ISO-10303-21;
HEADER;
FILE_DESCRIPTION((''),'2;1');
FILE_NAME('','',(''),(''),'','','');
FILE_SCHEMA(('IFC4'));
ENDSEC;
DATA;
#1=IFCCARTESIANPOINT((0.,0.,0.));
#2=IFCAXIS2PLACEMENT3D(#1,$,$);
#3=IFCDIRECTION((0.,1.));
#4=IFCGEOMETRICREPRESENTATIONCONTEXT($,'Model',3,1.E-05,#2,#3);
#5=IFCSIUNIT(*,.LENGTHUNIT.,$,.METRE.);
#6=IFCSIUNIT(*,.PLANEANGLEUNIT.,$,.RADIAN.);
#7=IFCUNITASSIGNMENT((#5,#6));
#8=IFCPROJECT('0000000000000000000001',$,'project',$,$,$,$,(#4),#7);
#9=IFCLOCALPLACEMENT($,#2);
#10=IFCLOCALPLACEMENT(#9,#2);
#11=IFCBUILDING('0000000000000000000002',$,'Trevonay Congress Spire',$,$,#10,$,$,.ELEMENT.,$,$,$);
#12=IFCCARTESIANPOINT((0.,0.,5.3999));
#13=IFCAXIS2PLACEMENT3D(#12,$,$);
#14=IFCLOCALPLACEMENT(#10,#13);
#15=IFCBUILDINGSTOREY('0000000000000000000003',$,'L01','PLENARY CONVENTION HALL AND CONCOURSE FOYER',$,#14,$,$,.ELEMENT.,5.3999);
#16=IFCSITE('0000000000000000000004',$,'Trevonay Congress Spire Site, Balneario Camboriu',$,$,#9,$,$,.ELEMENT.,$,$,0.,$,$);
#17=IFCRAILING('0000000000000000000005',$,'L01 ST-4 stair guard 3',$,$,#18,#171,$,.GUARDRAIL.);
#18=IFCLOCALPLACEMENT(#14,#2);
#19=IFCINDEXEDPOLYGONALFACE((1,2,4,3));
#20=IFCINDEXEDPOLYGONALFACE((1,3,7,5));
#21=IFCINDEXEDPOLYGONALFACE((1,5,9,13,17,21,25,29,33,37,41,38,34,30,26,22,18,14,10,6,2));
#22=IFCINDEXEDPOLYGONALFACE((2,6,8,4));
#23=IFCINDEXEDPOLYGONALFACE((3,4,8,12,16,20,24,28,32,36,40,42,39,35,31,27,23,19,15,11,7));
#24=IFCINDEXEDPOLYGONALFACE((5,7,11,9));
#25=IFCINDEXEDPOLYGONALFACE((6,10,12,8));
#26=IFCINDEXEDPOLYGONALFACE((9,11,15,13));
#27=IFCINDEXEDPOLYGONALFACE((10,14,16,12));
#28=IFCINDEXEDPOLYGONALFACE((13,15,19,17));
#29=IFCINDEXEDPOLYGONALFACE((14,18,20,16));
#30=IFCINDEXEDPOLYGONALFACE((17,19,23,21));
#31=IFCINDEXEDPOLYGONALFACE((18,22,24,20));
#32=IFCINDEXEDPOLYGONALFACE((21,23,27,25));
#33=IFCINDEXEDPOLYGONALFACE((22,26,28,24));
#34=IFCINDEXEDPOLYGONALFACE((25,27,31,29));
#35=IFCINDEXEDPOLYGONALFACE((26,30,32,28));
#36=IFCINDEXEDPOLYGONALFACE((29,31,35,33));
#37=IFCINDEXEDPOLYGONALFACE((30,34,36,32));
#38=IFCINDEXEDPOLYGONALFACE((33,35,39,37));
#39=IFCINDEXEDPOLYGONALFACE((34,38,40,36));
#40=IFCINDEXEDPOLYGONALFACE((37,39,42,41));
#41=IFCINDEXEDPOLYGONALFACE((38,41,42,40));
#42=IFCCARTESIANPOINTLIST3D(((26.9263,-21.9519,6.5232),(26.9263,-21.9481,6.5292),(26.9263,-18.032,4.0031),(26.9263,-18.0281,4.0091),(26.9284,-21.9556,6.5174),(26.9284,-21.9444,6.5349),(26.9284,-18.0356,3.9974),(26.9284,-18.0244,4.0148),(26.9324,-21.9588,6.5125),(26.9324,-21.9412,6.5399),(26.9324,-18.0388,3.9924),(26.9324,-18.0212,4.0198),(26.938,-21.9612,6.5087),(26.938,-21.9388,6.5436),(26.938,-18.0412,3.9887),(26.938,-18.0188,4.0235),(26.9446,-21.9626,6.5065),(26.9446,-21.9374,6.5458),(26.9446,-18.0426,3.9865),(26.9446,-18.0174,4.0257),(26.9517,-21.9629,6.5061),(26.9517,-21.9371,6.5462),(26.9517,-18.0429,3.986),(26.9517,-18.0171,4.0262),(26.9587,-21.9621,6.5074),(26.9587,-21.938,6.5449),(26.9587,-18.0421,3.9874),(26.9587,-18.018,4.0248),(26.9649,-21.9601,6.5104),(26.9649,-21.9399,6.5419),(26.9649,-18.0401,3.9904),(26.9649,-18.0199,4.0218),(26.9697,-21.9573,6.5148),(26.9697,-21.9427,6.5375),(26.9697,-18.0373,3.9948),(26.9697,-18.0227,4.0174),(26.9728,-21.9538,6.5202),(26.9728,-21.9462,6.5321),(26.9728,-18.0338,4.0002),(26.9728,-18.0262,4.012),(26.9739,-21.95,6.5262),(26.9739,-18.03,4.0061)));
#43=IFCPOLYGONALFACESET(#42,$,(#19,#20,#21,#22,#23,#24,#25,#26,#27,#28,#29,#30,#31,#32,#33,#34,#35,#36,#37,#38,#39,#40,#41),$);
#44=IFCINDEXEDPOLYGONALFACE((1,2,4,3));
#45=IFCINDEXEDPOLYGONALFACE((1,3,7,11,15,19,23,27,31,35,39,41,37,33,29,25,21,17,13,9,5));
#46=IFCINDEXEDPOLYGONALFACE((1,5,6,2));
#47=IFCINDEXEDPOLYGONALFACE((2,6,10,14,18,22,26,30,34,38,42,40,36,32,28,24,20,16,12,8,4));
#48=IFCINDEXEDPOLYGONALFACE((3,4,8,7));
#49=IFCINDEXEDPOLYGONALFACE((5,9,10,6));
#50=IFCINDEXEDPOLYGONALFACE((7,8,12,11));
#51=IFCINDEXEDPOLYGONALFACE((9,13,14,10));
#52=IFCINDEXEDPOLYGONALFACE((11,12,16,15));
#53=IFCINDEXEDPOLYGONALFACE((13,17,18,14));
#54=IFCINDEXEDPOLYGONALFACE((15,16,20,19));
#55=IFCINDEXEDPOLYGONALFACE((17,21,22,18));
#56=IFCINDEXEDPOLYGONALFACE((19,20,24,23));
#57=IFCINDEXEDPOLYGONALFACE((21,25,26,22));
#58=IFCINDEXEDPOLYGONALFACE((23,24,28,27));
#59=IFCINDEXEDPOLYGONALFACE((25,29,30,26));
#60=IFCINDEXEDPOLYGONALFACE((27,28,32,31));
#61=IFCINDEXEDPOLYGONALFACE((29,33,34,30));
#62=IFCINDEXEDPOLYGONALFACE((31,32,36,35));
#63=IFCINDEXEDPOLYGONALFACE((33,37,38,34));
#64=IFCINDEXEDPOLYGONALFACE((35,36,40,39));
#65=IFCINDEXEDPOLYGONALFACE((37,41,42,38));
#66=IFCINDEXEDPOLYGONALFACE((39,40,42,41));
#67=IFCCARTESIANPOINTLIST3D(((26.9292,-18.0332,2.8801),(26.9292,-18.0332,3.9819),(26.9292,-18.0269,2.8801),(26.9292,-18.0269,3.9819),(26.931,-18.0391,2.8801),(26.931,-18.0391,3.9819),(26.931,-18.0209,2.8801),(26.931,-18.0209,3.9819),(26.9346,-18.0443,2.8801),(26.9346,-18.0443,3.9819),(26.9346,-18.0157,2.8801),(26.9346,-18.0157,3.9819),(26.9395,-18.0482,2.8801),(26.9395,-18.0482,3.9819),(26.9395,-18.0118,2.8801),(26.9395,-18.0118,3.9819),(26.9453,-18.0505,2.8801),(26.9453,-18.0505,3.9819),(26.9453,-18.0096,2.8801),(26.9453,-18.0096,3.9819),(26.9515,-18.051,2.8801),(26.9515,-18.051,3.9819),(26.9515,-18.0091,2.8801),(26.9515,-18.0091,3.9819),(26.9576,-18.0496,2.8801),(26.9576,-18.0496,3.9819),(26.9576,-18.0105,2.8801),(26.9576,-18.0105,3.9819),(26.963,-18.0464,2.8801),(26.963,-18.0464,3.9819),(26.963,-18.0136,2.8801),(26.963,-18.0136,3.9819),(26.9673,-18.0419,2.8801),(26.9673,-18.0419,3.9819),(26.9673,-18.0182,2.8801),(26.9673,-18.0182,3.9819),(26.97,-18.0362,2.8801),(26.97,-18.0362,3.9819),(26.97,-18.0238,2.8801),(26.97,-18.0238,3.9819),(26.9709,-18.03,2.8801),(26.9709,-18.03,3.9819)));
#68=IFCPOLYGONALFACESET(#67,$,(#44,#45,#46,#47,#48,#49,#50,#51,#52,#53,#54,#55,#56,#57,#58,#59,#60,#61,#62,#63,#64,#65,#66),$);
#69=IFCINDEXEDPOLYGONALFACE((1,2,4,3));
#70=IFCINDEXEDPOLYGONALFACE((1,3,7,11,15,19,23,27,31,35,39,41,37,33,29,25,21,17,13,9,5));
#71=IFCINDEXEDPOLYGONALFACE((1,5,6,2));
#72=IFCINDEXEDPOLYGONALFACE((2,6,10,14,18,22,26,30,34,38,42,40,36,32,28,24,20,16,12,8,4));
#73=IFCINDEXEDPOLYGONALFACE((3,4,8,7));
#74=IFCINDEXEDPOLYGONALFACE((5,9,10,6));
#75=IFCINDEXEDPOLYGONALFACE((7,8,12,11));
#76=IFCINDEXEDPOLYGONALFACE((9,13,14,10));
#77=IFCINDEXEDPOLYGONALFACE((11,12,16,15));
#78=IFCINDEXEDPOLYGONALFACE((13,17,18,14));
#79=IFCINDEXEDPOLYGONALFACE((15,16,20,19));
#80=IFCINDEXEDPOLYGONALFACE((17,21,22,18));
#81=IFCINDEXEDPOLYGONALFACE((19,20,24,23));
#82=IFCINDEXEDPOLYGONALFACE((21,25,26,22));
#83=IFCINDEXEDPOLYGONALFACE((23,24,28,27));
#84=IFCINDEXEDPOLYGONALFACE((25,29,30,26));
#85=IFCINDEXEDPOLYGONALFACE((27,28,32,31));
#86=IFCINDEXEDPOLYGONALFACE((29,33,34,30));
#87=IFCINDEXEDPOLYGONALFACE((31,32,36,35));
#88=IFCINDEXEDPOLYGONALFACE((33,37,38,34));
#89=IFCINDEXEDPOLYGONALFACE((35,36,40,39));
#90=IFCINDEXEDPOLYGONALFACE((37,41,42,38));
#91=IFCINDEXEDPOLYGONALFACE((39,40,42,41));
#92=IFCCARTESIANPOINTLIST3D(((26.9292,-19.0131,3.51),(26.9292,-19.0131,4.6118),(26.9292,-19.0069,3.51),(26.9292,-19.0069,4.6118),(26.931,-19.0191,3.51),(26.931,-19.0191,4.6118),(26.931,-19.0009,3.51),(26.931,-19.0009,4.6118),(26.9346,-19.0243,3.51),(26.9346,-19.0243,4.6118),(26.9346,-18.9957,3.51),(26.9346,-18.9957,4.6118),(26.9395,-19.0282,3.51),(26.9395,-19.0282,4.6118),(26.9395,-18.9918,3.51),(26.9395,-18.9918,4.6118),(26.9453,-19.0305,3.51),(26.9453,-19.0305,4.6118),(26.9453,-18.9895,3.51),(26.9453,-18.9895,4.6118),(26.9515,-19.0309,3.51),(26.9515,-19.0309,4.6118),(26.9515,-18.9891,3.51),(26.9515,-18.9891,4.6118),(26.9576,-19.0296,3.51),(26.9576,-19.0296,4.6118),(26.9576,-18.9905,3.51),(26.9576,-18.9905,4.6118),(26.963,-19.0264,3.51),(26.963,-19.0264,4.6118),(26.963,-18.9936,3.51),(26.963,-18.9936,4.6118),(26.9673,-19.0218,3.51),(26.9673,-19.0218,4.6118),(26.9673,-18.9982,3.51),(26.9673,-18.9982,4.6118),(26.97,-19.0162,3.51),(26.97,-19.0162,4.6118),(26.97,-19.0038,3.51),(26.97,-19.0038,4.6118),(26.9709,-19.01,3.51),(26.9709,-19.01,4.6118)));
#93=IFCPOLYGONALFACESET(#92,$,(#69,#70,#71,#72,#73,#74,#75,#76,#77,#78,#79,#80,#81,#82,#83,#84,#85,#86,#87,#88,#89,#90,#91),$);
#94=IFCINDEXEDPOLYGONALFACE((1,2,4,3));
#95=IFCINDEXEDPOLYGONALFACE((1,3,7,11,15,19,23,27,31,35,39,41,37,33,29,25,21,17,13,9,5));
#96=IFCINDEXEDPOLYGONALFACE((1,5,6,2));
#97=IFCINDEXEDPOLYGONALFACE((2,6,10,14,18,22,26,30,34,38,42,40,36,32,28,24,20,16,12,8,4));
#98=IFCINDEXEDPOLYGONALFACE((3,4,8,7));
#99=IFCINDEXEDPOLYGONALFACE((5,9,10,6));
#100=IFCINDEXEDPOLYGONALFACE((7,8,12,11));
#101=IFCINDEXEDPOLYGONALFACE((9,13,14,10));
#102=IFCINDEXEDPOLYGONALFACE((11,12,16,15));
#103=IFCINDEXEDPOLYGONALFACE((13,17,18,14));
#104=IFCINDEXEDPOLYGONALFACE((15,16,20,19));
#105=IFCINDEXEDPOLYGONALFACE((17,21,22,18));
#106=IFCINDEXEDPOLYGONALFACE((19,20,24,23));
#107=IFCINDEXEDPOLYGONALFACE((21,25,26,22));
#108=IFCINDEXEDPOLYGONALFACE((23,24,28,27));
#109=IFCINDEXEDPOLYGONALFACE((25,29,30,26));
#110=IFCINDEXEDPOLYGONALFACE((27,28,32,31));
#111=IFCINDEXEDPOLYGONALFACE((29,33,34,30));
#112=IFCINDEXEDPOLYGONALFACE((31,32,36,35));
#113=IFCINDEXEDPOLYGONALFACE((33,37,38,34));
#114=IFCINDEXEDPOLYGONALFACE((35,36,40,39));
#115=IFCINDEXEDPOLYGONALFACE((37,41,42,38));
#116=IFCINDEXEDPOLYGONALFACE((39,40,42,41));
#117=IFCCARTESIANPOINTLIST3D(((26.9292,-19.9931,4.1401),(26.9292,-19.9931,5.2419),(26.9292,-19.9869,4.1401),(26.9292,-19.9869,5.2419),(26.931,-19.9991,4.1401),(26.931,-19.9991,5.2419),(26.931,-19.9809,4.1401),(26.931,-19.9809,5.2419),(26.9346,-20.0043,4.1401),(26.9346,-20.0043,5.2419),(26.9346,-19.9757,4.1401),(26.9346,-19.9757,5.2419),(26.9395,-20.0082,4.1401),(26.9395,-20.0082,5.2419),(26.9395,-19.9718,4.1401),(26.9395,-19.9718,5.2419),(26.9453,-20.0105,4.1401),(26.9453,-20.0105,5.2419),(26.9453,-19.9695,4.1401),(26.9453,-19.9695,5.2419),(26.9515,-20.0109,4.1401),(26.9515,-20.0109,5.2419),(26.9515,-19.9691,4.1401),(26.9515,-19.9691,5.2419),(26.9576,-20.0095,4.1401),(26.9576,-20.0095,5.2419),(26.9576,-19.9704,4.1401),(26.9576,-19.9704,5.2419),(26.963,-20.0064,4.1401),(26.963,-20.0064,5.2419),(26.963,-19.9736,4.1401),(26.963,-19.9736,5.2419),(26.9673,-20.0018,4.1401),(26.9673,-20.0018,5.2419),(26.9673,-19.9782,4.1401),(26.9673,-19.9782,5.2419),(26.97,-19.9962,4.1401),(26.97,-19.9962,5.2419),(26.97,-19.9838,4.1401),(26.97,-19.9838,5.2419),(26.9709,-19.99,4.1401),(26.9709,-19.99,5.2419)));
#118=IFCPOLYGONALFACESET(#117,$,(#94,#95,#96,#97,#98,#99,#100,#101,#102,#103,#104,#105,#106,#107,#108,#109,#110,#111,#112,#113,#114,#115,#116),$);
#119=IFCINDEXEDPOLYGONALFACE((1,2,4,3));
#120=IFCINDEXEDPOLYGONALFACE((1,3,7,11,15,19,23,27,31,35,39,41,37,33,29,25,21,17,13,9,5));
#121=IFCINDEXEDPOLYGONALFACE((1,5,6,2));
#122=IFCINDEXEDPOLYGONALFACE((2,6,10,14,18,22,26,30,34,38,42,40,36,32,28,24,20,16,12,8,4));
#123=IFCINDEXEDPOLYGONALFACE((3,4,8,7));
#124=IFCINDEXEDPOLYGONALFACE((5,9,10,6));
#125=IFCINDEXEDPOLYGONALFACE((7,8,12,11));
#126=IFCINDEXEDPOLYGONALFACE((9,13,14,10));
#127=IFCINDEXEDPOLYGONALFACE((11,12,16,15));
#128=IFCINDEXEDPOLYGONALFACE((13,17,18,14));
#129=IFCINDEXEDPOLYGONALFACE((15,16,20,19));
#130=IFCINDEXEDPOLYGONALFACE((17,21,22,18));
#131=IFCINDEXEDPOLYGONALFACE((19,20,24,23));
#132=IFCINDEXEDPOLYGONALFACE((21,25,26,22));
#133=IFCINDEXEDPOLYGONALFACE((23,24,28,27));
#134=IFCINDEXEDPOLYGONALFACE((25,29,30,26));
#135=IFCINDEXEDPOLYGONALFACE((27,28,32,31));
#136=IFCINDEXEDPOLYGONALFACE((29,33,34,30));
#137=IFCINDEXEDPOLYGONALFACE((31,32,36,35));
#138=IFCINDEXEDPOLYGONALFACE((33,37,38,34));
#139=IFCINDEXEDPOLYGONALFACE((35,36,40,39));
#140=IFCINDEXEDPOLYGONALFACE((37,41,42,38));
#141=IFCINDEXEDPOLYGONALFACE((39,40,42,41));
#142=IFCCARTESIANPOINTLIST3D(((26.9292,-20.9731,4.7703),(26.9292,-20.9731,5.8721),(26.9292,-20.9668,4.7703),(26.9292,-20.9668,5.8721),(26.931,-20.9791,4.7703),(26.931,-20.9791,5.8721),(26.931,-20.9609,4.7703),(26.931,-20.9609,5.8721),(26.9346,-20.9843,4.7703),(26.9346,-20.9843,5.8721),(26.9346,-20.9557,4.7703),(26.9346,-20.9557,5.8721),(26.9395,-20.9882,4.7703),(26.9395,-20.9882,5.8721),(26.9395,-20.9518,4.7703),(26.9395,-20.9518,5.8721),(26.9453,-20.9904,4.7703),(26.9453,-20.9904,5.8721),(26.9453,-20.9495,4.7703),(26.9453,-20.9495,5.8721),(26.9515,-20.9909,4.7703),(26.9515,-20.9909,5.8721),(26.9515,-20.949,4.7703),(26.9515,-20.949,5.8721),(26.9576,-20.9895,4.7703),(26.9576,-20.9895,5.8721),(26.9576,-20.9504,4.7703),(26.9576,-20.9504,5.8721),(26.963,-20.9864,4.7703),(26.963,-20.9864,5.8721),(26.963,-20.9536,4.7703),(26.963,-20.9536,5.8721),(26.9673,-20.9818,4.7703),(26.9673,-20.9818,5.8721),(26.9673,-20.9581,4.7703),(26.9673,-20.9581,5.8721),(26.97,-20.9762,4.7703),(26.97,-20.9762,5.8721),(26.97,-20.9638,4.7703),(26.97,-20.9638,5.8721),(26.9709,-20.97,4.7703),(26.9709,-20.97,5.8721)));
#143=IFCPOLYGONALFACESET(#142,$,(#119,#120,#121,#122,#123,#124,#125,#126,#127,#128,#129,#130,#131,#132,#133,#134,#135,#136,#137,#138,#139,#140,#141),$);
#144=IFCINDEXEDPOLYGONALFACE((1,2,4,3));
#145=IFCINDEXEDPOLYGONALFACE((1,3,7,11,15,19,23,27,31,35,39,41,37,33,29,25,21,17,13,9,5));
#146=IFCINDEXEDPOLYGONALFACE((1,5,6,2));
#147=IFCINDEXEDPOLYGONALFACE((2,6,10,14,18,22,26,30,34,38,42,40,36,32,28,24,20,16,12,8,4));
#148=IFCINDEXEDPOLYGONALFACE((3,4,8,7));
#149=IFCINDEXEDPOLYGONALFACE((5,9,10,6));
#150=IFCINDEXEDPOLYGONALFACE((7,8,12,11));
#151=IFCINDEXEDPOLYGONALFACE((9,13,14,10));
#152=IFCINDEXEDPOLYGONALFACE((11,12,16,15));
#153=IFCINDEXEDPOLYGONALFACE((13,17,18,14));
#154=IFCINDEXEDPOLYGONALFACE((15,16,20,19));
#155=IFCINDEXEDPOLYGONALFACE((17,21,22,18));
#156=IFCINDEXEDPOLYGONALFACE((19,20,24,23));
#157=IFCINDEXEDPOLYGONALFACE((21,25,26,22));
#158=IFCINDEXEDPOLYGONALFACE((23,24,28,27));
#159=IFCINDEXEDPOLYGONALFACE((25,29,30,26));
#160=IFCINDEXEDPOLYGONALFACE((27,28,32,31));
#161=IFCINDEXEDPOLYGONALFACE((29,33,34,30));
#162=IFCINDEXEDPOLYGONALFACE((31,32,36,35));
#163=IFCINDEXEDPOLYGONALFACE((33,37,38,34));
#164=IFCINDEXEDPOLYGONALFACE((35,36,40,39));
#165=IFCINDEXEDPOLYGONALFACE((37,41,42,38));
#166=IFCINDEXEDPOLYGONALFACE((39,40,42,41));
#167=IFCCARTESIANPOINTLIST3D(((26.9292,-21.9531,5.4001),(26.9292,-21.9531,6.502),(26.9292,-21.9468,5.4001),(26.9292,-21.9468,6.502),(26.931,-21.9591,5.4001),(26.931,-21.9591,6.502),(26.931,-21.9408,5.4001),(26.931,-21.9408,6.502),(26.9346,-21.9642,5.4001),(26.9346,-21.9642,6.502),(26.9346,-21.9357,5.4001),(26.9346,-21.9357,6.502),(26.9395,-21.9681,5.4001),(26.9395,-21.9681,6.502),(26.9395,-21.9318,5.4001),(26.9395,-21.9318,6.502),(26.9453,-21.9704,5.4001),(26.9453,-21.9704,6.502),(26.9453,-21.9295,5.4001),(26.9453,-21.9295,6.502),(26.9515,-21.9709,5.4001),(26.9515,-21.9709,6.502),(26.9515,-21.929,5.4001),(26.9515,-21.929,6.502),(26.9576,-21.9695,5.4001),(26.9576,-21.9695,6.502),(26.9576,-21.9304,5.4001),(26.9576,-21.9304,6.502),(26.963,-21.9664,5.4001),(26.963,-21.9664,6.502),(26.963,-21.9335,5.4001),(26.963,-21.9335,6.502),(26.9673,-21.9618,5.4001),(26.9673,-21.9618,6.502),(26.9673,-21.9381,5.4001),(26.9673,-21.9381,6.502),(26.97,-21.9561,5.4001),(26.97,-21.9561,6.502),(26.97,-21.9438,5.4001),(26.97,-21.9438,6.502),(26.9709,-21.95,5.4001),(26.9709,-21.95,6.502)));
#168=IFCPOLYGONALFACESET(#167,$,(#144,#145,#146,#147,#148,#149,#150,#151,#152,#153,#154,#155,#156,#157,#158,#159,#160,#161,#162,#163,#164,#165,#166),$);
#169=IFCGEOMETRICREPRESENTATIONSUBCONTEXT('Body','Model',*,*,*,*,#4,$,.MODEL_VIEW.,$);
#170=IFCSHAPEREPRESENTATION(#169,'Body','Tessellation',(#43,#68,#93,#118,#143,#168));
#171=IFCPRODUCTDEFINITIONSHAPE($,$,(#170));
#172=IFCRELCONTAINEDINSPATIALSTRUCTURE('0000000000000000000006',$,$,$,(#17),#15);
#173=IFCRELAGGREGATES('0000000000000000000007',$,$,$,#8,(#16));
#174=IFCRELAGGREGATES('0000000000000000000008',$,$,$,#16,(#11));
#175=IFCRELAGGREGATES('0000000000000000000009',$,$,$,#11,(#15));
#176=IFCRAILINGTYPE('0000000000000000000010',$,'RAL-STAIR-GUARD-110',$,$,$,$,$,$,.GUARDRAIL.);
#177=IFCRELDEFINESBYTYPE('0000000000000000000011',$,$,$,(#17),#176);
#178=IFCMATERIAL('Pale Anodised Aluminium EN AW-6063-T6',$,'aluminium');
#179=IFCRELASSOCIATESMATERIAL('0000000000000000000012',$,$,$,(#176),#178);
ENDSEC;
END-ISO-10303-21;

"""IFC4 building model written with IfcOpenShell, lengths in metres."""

from ifc_helpers import new_model, si_unit, direction, frame, origin, origin_2d, place, context, subcontext, project, spatial, circle, extrude, material, type_object, element, save


model = new_model("IFC4")

# Units and contexts
model_context = context("Model", 3, precision=1e-05, world=origin(), true_north=direction((0.0, 1.0)))
body_context = subcontext(model_context, "Body", "Model", "MODEL_VIEW")
ifc_project = project(units=[si_unit("LENGTHUNIT", "METRE"), si_unit("PLANEANGLEUNIT", "RADIAN")], contexts=[model_context])

# Site, building, storey
site_placement = place(None, origin())
site = spatial("IfcSite", under=ifc_project, at=site_placement, Name="Trevonay Congress Spire Site, Balneario Camboriu", CompositionType="ELEMENT", RefElevation=0.0)
building_placement = place(site_placement, origin())
building = spatial("IfcBuilding", under=site, at=building_placement, Name="Trevonay Congress Spire", CompositionType="ELEMENT")
storey_placement = place(building_placement, frame((0.0, 0.0, 5.3999)))
storey = spatial("IfcBuildingStorey", under=building, at=storey_placement, Name="L01", Description="PLENARY CONVENTION HALL AND CONCOURSE FOYER", CompositionType="ELEMENT", Elevation=5.3999)

# Shared definitions
ifc_material_1 = material(Name="Pale Anodised Aluminium EN AW-6063-T6", Category="aluminium")

# Railing
railing_type_1 = type_object("IfcRailingType", Name="RAL-STAIR-GUARD-110", PredefinedType="GUARDRAIL", material=ifc_material_1)
railing_1_placement = place(storey_placement, frame((26.95, -18.03, 2.8801)))
element("IfcRailing", 1, at=railing_1_placement, inside=storey, type_object=railing_type_1, Name="L01 ST-4 stair guard 3", PredefinedType="GUARDRAIL", context=body_context, shape_type="SweptSolid", body=[
    extrude(circle(Radius=0.0239, at=origin_2d()), frame((0.0, 0.0, 1.126), z_axis=(0.0, -0.841172, 0.540768), x_axis=(1.0, 0.0, 0.0)), (0.0, 0.0, 1.0), 4.6602),
    extrude(circle(Radius=0.021, at=origin_2d()), origin(), (0.0, 0.0, 1.0), 1.1018),
    extrude(circle(Radius=0.021, at=origin_2d()), frame((0.0, -0.98, 0.6299)), (0.0, 0.0, 1.0), 1.1018),
    extrude(circle(Radius=0.021, at=origin_2d()), frame((0.0, -1.96, 1.26)), (0.0, 0.0, 1.0), 1.1018),
    extrude(circle(Radius=0.021, at=origin_2d()), frame((0.0, -2.9399, 1.8901)), (0.0, 0.0, 1.0), 1.1018),
    extrude(circle(Radius=0.021, at=origin_2d()), frame((0.0, -3.9199, 2.52)), (0.0, 0.0, 1.0), 1.1018),
])

save(model, "model.ifc")
